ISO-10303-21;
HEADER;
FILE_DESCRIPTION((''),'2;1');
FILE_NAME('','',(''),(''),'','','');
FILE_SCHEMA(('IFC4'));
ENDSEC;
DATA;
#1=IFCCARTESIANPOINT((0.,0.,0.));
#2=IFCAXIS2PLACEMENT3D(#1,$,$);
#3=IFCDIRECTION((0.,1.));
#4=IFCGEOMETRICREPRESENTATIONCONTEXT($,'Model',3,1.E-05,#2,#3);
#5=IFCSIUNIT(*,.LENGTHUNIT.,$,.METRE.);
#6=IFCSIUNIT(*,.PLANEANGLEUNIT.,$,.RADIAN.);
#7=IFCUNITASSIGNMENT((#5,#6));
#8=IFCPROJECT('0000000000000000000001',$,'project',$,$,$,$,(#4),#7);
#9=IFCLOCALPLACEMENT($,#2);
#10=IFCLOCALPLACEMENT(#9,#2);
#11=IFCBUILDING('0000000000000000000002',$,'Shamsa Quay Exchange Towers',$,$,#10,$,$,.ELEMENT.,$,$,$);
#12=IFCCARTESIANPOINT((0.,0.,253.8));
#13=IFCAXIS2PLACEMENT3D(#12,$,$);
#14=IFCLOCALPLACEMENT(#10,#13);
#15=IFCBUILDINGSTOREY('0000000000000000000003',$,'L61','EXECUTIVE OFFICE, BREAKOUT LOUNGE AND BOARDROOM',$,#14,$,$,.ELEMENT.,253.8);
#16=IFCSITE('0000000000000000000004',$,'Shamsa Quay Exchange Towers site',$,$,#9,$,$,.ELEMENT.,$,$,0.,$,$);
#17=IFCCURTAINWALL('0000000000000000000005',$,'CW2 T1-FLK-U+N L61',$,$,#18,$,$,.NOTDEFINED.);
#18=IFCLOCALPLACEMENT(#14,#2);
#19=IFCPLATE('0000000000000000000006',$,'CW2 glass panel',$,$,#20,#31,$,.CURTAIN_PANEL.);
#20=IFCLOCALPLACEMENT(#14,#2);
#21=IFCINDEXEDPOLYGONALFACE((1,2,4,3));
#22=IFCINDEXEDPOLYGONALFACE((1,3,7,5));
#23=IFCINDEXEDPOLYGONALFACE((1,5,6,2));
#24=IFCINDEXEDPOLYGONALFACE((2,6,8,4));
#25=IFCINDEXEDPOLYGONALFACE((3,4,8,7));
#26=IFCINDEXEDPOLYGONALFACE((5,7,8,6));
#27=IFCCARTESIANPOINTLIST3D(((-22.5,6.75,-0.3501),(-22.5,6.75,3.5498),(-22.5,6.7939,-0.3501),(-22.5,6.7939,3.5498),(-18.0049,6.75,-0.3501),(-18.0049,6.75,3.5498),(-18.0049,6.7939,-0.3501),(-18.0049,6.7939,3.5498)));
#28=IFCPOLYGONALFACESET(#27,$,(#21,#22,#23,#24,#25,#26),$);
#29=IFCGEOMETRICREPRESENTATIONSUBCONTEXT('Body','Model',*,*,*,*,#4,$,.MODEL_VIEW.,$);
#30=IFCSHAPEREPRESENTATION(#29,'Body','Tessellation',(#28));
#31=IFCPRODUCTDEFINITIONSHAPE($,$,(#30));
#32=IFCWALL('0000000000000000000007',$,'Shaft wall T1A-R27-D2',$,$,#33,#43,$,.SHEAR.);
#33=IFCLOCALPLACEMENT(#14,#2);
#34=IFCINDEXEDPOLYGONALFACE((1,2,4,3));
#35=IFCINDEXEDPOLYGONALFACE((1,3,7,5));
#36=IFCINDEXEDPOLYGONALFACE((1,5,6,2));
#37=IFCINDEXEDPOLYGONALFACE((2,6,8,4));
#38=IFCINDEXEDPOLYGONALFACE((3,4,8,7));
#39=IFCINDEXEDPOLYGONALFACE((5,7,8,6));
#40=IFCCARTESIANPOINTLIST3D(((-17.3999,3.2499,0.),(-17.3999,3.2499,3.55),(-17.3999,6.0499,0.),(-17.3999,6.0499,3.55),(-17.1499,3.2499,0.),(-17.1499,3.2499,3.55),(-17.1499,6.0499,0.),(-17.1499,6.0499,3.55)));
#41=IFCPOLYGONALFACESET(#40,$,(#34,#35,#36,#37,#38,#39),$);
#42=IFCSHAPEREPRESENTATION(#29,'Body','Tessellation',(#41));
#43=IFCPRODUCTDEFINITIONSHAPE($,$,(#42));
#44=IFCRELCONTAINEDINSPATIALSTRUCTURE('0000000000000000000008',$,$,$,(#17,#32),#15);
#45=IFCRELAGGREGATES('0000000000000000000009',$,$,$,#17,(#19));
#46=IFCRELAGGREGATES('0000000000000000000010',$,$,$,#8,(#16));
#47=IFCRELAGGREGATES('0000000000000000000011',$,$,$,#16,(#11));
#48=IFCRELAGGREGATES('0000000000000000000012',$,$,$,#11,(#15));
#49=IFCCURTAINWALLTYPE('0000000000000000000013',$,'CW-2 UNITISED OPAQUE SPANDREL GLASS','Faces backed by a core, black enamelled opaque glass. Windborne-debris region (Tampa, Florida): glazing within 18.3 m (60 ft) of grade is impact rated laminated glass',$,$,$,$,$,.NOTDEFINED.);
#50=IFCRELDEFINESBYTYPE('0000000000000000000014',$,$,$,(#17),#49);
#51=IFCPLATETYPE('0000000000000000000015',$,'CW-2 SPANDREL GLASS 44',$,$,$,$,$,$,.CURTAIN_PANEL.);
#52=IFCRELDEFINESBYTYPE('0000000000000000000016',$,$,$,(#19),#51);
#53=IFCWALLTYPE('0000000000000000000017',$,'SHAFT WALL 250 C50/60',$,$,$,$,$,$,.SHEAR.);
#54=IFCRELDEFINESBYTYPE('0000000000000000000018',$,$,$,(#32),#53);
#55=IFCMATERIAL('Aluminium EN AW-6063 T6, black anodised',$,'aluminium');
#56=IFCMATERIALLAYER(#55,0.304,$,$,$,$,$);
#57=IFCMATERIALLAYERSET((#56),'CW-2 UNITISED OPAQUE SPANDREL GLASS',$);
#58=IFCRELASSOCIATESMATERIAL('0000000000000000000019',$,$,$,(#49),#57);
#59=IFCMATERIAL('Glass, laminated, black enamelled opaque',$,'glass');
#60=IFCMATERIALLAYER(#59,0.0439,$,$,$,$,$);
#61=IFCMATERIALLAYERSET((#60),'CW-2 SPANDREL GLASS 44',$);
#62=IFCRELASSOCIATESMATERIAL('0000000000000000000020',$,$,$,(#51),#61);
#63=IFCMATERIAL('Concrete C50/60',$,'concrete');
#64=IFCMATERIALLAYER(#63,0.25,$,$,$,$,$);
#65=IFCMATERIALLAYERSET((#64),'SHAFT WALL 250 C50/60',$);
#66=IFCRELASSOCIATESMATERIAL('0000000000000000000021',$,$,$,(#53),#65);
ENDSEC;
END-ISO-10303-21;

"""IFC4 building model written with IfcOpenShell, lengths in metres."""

from ifc_helpers import new_model, si_unit, direction, frame, frame_2d, origin, origin_2d, place, context, subcontext, project, spatial, rectangle, extrude, material, layer, layer_set, type_object, element, aggregate, save


model = new_model("IFC4")

# Units and contexts
model_context = context("Model", 3, precision=1e-05, world=origin(), true_north=direction((0.0, 1.0)))
body_context = subcontext(model_context, "Body", "Model", "MODEL_VIEW")
ifc_project = project(units=[si_unit("LENGTHUNIT", "METRE"), si_unit("PLANEANGLEUNIT", "RADIAN")], contexts=[model_context])

# Site, building, storey
site_placement = place(None, origin())
site = spatial("IfcSite", under=ifc_project, at=site_placement, Name="Shamsa Quay Exchange Towers site", CompositionType="ELEMENT", RefElevation=0.0)
building_placement = place(site_placement, origin())
building = spatial("IfcBuilding", under=site, at=building_placement, Name="Shamsa Quay Exchange Towers", CompositionType="ELEMENT")
storey_placement = place(building_placement, frame((0.0, 0.0, 253.8)))
storey = spatial("IfcBuildingStorey", under=building, at=storey_placement, Name="L61", Description="EXECUTIVE OFFICE, BREAKOUT LOUNGE AND BOARDROOM", CompositionType="ELEMENT", Elevation=253.8)

# Shared definitions
ifc_material_1 = material(Name="Aluminium EN AW-6063 T6, black anodised", Category="aluminium")

# Shared definitions
ifc_material_2 = material(Name="Concrete C50/60", Category="concrete")

# Curtain wall, plate
ifc_layer_1 = layer(ifc_material_1, 0.304)
ifc_layer_set_1 = layer_set([ifc_layer_1], Name="CW-2 UNITISED OPAQUE SPANDREL GLASS")
curtain_wall_type_1 = type_object("IfcCurtainWallType", Name="CW-2 UNITISED OPAQUE SPANDREL GLASS", Description="Faces backed by a core, black enamelled opaque glass. Windborne-debris region (Tampa, Florida): glazing within 18.3 m (60 ft) of grade is impact rated laminated glass", PredefinedType="NOTDEFINED", material=ifc_layer_set_1)
curtain_wall_1_placement = place(storey_placement, origin())
curtain_wall_1 = element("IfcCurtainWall", 1, at=curtain_wall_1_placement, inside=storey, type_object=curtain_wall_type_1, Name="CW2 T1-FLK-U+N L61", PredefinedType="NOTDEFINED")
ifc_material_3 = material(Name="Glass, laminated, black enamelled opaque", Category="glass")
ifc_layer_2 = layer(ifc_material_3, 0.0439)
ifc_layer_set_2 = layer_set([ifc_layer_2], Name="CW-2 SPANDREL GLASS 44")
plate_type_1 = type_object("IfcPlateType", Name="CW-2 SPANDREL GLASS 44", PredefinedType="CURTAIN_PANEL", material=ifc_layer_set_2)
plate_1_placement = place(storey_placement, frame((-20.2524, 6.772, -0.3501), z_axis=(0.0, 0.0, 1.0), x_axis=(-1.0, 0.0, 0.0)))
plate_1 = element("IfcPlate", 2, at=plate_1_placement, type_object=plate_type_1, Name="CW2 glass panel", PredefinedType="CURTAIN_PANEL", context=body_context, shape_type="SweptSolid", body=[
    extrude(rectangle(XDim=4.4951, YDim=0.0439, at=origin_2d()), origin(), (0.0, 0.0, 1.0), 3.8999),
])
aggregate(curtain_wall_1, [plate_1])

# Wall
ifc_layer_3 = layer(ifc_material_2, 0.25)
ifc_layer_set_3 = layer_set([ifc_layer_3], Name="SHAFT WALL 250 C50/60")
wall_type_1 = type_object("IfcWallType", Name="SHAFT WALL 250 C50/60", PredefinedType="SHEAR", material=ifc_layer_set_3)
wall_1_placement = place(storey_placement, frame((-17.2749, 3.25, 0.0), z_axis=(0.0, 0.0, 1.0), x_axis=(0.0, 1.0, 0.0)))
element("IfcWall", 3, at=wall_1_placement, inside=storey, type_object=wall_type_1, Name="Shaft wall T1A-R27-D2", PredefinedType="SHEAR", context=body_context, shape_type="SweptSolid", body=[
    extrude(rectangle(XDim=2.8, YDim=0.25, at=frame_2d((1.3999, 0.0))), origin(), (0.0, 0.0, 1.0), 3.55),
])

save(model, "model.ifc")
